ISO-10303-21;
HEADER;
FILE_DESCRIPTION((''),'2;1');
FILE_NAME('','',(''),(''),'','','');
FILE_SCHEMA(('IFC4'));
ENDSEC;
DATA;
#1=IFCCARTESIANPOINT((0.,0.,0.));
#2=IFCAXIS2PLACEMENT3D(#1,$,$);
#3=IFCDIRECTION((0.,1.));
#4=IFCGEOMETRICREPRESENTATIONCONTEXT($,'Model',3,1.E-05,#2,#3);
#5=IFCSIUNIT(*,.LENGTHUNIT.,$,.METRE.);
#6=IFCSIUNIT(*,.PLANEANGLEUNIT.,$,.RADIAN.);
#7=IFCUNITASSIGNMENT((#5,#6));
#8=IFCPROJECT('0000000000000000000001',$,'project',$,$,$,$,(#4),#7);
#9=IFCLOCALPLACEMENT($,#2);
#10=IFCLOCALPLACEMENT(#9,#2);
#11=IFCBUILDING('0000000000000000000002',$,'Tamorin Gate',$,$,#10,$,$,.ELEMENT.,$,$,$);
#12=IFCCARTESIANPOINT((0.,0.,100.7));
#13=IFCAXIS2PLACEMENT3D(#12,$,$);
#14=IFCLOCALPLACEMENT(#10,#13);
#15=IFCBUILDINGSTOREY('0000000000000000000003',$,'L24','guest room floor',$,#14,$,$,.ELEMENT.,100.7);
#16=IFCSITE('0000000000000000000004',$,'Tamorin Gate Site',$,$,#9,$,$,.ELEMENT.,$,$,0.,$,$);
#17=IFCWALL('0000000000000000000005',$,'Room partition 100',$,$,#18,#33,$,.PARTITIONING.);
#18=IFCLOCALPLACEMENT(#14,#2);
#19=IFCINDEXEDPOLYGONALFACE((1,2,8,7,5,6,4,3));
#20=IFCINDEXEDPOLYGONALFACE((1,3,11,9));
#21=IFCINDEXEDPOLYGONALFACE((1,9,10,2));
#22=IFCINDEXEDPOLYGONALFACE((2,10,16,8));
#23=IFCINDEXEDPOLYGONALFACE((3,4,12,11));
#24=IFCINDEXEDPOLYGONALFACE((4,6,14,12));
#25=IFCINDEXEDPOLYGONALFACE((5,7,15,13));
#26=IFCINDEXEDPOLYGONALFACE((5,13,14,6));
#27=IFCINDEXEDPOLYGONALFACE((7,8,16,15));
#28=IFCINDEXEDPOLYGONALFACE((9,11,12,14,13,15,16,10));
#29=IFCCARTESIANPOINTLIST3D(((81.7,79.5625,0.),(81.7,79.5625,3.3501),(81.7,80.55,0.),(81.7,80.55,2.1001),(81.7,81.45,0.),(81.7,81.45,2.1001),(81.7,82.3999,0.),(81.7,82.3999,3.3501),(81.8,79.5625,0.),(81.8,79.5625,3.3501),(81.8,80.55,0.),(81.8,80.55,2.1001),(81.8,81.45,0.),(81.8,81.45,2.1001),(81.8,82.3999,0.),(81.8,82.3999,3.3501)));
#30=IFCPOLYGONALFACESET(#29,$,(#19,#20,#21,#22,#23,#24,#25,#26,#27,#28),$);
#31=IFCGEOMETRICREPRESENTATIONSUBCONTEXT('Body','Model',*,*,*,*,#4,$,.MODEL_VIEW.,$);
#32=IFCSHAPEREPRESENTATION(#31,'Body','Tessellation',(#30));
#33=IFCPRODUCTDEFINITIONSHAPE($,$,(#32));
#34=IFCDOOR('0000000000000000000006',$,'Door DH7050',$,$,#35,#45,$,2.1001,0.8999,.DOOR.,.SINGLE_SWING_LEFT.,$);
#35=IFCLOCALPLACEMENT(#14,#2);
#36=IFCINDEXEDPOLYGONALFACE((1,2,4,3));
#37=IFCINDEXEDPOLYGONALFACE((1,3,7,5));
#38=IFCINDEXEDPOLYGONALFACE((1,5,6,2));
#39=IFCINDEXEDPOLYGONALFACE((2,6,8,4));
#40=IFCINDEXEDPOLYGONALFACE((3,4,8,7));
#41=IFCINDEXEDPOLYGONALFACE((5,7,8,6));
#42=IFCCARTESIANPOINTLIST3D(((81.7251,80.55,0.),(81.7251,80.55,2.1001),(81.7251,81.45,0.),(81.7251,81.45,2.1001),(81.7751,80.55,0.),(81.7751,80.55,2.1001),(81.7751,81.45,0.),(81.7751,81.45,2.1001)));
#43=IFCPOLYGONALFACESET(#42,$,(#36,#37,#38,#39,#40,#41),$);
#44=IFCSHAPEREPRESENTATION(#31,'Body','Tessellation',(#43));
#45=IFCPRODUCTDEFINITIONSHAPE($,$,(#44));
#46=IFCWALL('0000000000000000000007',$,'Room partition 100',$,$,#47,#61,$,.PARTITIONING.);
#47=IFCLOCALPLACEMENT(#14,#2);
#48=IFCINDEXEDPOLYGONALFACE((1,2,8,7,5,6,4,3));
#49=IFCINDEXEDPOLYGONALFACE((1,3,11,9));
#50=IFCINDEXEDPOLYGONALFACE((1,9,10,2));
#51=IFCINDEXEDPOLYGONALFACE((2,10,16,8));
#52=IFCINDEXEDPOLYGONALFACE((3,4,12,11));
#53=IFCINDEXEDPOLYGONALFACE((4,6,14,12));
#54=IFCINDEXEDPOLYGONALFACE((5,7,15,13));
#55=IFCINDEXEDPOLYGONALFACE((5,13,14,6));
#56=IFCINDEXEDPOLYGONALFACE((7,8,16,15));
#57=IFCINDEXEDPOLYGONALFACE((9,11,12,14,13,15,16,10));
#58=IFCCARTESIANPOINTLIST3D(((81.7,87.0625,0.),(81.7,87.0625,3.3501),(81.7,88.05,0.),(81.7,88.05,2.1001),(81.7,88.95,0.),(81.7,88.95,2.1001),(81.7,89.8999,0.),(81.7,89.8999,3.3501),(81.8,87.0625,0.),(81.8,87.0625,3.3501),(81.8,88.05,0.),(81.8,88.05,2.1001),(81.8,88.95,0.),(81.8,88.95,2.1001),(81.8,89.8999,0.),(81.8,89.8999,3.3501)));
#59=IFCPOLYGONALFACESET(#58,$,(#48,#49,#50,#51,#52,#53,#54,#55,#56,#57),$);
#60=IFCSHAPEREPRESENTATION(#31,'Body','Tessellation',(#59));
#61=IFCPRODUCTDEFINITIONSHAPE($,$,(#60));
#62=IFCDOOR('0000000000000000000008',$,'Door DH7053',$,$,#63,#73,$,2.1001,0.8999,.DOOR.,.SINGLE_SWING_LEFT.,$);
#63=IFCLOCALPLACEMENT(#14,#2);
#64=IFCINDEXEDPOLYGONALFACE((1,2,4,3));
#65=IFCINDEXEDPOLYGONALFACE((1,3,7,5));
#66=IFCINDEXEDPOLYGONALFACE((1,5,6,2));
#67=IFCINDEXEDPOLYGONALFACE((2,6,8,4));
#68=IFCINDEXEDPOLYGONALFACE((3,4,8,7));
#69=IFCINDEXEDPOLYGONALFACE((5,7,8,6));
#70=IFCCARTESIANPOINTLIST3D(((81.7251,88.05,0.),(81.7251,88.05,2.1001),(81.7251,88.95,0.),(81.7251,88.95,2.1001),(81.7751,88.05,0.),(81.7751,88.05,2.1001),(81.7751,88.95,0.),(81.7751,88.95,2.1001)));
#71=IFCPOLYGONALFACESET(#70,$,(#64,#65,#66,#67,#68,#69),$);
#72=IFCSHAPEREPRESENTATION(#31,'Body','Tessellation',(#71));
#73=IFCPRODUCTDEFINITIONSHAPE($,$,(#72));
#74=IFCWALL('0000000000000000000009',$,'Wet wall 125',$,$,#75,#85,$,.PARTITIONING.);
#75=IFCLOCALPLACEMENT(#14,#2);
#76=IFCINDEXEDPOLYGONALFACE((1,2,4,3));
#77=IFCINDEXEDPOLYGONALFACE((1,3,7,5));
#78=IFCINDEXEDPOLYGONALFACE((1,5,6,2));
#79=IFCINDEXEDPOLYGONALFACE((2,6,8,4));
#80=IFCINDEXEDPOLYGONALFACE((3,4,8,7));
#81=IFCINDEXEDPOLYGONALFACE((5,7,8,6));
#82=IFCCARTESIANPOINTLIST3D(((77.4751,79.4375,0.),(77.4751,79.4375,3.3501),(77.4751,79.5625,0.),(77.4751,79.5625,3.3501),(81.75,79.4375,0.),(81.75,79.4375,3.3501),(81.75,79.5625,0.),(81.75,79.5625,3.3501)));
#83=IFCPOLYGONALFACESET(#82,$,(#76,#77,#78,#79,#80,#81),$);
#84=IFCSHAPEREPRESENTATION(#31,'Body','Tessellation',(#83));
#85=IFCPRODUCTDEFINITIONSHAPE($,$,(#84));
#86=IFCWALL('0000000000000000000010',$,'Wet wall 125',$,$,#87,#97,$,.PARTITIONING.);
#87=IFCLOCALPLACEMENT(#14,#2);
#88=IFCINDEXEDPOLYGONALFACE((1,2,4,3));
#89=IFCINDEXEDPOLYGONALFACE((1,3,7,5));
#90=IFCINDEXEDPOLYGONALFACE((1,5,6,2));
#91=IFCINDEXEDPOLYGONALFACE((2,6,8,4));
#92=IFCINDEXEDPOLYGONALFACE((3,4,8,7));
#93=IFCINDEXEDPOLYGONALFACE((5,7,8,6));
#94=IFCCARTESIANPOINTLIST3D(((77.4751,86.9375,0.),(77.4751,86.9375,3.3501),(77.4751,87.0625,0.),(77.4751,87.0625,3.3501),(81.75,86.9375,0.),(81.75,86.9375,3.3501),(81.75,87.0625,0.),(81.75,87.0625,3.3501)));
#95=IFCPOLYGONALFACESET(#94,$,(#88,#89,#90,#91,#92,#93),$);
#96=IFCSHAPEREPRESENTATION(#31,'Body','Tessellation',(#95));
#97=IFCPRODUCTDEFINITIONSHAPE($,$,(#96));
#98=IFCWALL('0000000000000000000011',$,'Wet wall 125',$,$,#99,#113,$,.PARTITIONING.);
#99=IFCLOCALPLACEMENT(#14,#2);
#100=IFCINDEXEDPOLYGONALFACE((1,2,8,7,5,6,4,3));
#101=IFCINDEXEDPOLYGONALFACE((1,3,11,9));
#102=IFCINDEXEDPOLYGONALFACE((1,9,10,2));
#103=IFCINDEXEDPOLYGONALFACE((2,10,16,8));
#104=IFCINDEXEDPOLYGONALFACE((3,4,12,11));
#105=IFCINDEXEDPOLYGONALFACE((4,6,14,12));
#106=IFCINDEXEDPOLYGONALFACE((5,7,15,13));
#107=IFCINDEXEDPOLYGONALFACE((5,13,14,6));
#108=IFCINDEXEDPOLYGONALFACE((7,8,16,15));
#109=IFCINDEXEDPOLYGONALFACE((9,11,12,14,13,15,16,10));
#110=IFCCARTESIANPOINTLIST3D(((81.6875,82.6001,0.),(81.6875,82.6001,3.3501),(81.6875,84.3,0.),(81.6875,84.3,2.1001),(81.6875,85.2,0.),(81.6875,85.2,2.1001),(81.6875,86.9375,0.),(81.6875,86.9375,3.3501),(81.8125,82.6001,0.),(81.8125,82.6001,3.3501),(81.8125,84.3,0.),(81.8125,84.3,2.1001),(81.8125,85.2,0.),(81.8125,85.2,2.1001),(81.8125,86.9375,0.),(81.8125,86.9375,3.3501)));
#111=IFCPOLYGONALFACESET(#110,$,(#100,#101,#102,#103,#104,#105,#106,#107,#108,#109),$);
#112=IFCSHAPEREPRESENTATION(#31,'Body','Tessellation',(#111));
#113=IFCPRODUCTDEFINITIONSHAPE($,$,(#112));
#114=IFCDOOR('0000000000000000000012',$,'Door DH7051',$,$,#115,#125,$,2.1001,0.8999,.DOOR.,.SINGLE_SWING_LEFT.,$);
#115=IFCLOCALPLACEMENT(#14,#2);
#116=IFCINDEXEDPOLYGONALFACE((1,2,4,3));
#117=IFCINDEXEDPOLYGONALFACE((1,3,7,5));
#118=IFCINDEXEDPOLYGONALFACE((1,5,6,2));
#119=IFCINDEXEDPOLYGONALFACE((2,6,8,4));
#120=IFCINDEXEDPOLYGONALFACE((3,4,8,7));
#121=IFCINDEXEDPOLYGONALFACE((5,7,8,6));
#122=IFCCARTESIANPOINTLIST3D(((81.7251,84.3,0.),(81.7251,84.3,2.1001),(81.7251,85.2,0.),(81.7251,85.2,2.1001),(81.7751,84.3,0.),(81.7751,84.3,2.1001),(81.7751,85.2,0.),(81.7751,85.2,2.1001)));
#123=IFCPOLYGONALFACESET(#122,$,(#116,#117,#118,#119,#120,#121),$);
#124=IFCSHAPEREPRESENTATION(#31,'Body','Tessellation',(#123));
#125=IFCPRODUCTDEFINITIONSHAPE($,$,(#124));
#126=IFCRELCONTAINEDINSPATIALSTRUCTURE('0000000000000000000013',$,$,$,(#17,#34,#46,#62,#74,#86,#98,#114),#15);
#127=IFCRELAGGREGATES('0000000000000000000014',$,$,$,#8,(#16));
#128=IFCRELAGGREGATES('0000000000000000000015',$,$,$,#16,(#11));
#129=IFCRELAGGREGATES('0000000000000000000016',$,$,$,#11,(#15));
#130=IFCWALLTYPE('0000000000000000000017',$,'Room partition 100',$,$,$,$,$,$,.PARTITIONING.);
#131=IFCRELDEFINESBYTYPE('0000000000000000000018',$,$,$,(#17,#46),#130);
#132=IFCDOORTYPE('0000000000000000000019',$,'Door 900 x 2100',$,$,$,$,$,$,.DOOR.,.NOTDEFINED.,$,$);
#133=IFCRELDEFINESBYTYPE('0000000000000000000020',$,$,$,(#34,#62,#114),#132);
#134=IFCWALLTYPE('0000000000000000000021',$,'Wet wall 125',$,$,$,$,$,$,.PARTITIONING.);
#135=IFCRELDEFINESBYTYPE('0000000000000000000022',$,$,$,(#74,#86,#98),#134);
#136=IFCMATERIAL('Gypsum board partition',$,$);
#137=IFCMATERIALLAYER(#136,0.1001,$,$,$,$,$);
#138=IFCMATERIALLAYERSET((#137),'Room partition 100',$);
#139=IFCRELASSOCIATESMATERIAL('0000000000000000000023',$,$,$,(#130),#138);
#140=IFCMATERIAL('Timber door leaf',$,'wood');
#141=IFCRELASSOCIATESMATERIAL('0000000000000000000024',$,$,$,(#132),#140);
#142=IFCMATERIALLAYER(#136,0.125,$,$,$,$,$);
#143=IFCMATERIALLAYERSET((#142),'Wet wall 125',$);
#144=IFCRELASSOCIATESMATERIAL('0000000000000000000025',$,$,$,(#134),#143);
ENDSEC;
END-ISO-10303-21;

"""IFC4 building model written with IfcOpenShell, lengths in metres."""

from ifc_helpers import new_model, si_unit, direction, frame, frame_2d, origin, place, context, subcontext, project, spatial, rectangle, extrude, material, layer, layer_set, type_object, element, fill, save


model = new_model("IFC4")

# Units and contexts
model_context = context("Model", 3, precision=1e-05, world=origin(), true_north=direction((0.0, 1.0)))
body_context = subcontext(model_context, "Body", "Model", "MODEL_VIEW")
ifc_project = project(units=[si_unit("LENGTHUNIT", "METRE"), si_unit("PLANEANGLEUNIT", "RADIAN")], contexts=[model_context])

# Site, building, storey
site_placement = place(None, origin())
site = spatial("IfcSite", under=ifc_project, at=site_placement, Name="Tamorin Gate Site", CompositionType="ELEMENT", RefElevation=0.0)
building_placement = place(site_placement, origin())
building = spatial("IfcBuilding", under=site, at=building_placement, Name="Tamorin Gate", CompositionType="ELEMENT")
storey_placement = place(building_placement, frame((0.0, 0.0, 100.7)))
storey = spatial("IfcBuildingStorey", under=building, at=storey_placement, Name="L24", Description="guest room floor", CompositionType="ELEMENT", Elevation=100.7)

# Shared definitions
ifc_material_1 = material(Name="Gypsum board partition")

# Walls, openings, doors
ifc_layer_1 = layer(ifc_material_1, 0.1001)
ifc_layer_set_1 = layer_set([ifc_layer_1], Name="Room partition 100")
wall_type_1 = type_object("IfcWallType", Name="Room partition 100", PredefinedType="PARTITIONING", material=ifc_layer_set_1)
wall_1_placement = place(storey_placement, frame((81.75, 79.5625, 0.0), z_axis=(0.0, 0.0, 1.0), x_axis=(0.0, 1.0, 0.0)))
wall_1 = element("IfcWall", 1, at=wall_1_placement, inside=storey, type_object=wall_type_1, Name="Room partition 100", PredefinedType="PARTITIONING", context=body_context, shape_type="SweptSolid", body=[
    extrude(rectangle(XDim=2.8374, YDim=0.1001, at=frame_2d((1.4187, 0.0))), origin(), (0.0, 0.0, 1.0), 3.3501),
])
opening_1_placement = place(wall_1_placement, frame((0.9875, 0.0, 0.0)))
opening_1 = element("IfcOpeningElement", 2, at=opening_1_placement, cuts=wall_1, PredefinedType="OPENING", context=body_context, shape_type="SweptSolid", body=[
    extrude(rectangle(XDim=0.8999, YDim=2.1001, at=frame_2d((0.45, 1.05))), frame((0.0, 0.0601, 0.0), z_axis=(0.0, -1.0, 0.0), x_axis=(1.0, 0.0, 0.0)), (0.0, 0.0, 1.0), 0.1201),
])
ifc_material_2 = material(Name="Timber door leaf", Category="wood")
door_type = type_object("IfcDoorType", Name="Door 900 x 2100", OperationType="NOTDEFINED", PredefinedType="DOOR", material=ifc_material_2)
door_1_placement = place(opening_1_placement, origin())
door_1 = element("IfcDoor", 3, at=door_1_placement, inside=storey, type_object=door_type, Name="Door DH7050", OperationType="SINGLE_SWING_LEFT", OverallHeight=2.1001, OverallWidth=0.8999, PredefinedType="DOOR", context=body_context, shape_type="SweptSolid", body=[
    extrude(rectangle(XDim=0.8999, YDim=2.1001, at=frame_2d((0.45, 1.05))), frame((0.0, 0.0249, 0.0), z_axis=(0.0, -1.0, 0.0), x_axis=(1.0, 0.0, 0.0)), (0.0, 0.0, 1.0), 0.05),
])
fill(opening_1, door_1)
wall_2_placement = place(storey_placement, frame((81.75, 87.0625, 0.0), z_axis=(0.0, 0.0, 1.0), x_axis=(0.0, 1.0, 0.0)))
wall_2 = element("IfcWall", 4, at=wall_2_placement, inside=storey, type_object=wall_type_1, Name="Room partition 100", PredefinedType="PARTITIONING", context=body_context, shape_type="SweptSolid", body=[
    extrude(rectangle(XDim=2.8374, YDim=0.1001, at=frame_2d((1.4187, 0.0))), origin(), (0.0, 0.0, 1.0), 3.3501),
])
opening_2_placement = place(wall_2_placement, frame((0.9875, 0.0, 0.0)))
opening_2 = element("IfcOpeningElement", 5, at=opening_2_placement, cuts=wall_2, PredefinedType="OPENING", context=body_context, shape_type="SweptSolid", body=[
    extrude(rectangle(XDim=0.8999, YDim=2.1001, at=frame_2d((0.45, 1.05))), frame((0.0, 0.0601, 0.0), z_axis=(0.0, -1.0, 0.0), x_axis=(1.0, 0.0, 0.0)), (0.0, 0.0, 1.0), 0.1201),
])
door_2_placement = place(opening_2_placement, origin())
door_2 = element("IfcDoor", 6, at=door_2_placement, inside=storey, type_object=door_type, Name="Door DH7053", OperationType="SINGLE_SWING_LEFT", OverallHeight=2.1001, OverallWidth=0.8999, PredefinedType="DOOR", context=body_context, shape_type="SweptSolid", body=[
    extrude(rectangle(XDim=0.8999, YDim=2.1001, at=frame_2d((0.45, 1.05))), frame((0.0, 0.0249, 0.0), z_axis=(0.0, -1.0, 0.0), x_axis=(1.0, 0.0, 0.0)), (0.0, 0.0, 1.0), 0.05),
])
fill(opening_2, door_2)

# Walls
ifc_layer_2 = layer(ifc_material_1, 0.125)
ifc_layer_set_2 = layer_set([ifc_layer_2], Name="Wet wall 125")
wall_type_2 = type_object("IfcWallType", Name="Wet wall 125", PredefinedType="PARTITIONING", material=ifc_layer_set_2)
for number, where, z_axis, x_axis, name in (
    (7, (77.4751, 79.5, 0.0), (0.0, 0.0, 1.0), (1.0, 0.0, 0.0), "Wet wall 125"),
    (8, (77.4751, 87.0, 0.0), (0.0, 0.0, 1.0), (1.0, 0.0, 0.0), "Wet wall 125"),
):
    element("IfcWall", number, at=place(storey_placement, frame(where, z_axis=z_axis, x_axis=x_axis)), inside=storey, type_object=wall_type_2, Name=name, PredefinedType="PARTITIONING", context=body_context, shape_type="SweptSolid", body=[
        extrude(rectangle(XDim=4.2749, YDim=0.125, at=frame_2d((2.1375, 0.0))), origin(), (0.0, 0.0, 1.0), 3.3501),
    ])

# Wall, opening, door
wall_3_placement = place(storey_placement, frame((81.75, 82.6001, 0.0), z_axis=(0.0, 0.0, 1.0), x_axis=(0.0, 1.0, 0.0)))
wall_3 = element("IfcWall", 9, at=wall_3_placement, inside=storey, type_object=wall_type_2, Name="Wet wall 125", PredefinedType="PARTITIONING", context=body_context, shape_type="SweptSolid", body=[
    extrude(rectangle(XDim=4.3374, YDim=0.125, at=frame_2d((2.1687, 0.0))), origin(), (0.0, 0.0, 1.0), 3.3501),
])
opening_3_placement = place(wall_3_placement, frame((1.7, 0.0, 0.0)))
opening_3 = element("IfcOpeningElement", 10, at=opening_3_placement, cuts=wall_3, PredefinedType="OPENING", context=body_context, shape_type="SweptSolid", body=[
    extrude(rectangle(XDim=0.8999, YDim=2.1001, at=frame_2d((0.45, 1.05))), frame((0.0, 0.0725, 0.0), z_axis=(0.0, -1.0, 0.0), x_axis=(1.0, 0.0, 0.0)), (0.0, 0.0, 1.0), 0.145),
])
door_3_placement = place(opening_3_placement, origin())
door_3 = element("IfcDoor", 11, at=door_3_placement, inside=storey, type_object=door_type, Name="Door DH7051", OperationType="SINGLE_SWING_LEFT", OverallHeight=2.1001, OverallWidth=0.8999, PredefinedType="DOOR", context=body_context, shape_type="SweptSolid", body=[
    extrude(rectangle(XDim=0.8999, YDim=2.1001, at=frame_2d((0.45, 1.05))), frame((0.0, 0.0249, 0.0), z_axis=(0.0, -1.0, 0.0), x_axis=(1.0, 0.0, 0.0)), (0.0, 0.0, 1.0), 0.05),
])
fill(opening_3, door_3)

save(model, "model.ifc")
